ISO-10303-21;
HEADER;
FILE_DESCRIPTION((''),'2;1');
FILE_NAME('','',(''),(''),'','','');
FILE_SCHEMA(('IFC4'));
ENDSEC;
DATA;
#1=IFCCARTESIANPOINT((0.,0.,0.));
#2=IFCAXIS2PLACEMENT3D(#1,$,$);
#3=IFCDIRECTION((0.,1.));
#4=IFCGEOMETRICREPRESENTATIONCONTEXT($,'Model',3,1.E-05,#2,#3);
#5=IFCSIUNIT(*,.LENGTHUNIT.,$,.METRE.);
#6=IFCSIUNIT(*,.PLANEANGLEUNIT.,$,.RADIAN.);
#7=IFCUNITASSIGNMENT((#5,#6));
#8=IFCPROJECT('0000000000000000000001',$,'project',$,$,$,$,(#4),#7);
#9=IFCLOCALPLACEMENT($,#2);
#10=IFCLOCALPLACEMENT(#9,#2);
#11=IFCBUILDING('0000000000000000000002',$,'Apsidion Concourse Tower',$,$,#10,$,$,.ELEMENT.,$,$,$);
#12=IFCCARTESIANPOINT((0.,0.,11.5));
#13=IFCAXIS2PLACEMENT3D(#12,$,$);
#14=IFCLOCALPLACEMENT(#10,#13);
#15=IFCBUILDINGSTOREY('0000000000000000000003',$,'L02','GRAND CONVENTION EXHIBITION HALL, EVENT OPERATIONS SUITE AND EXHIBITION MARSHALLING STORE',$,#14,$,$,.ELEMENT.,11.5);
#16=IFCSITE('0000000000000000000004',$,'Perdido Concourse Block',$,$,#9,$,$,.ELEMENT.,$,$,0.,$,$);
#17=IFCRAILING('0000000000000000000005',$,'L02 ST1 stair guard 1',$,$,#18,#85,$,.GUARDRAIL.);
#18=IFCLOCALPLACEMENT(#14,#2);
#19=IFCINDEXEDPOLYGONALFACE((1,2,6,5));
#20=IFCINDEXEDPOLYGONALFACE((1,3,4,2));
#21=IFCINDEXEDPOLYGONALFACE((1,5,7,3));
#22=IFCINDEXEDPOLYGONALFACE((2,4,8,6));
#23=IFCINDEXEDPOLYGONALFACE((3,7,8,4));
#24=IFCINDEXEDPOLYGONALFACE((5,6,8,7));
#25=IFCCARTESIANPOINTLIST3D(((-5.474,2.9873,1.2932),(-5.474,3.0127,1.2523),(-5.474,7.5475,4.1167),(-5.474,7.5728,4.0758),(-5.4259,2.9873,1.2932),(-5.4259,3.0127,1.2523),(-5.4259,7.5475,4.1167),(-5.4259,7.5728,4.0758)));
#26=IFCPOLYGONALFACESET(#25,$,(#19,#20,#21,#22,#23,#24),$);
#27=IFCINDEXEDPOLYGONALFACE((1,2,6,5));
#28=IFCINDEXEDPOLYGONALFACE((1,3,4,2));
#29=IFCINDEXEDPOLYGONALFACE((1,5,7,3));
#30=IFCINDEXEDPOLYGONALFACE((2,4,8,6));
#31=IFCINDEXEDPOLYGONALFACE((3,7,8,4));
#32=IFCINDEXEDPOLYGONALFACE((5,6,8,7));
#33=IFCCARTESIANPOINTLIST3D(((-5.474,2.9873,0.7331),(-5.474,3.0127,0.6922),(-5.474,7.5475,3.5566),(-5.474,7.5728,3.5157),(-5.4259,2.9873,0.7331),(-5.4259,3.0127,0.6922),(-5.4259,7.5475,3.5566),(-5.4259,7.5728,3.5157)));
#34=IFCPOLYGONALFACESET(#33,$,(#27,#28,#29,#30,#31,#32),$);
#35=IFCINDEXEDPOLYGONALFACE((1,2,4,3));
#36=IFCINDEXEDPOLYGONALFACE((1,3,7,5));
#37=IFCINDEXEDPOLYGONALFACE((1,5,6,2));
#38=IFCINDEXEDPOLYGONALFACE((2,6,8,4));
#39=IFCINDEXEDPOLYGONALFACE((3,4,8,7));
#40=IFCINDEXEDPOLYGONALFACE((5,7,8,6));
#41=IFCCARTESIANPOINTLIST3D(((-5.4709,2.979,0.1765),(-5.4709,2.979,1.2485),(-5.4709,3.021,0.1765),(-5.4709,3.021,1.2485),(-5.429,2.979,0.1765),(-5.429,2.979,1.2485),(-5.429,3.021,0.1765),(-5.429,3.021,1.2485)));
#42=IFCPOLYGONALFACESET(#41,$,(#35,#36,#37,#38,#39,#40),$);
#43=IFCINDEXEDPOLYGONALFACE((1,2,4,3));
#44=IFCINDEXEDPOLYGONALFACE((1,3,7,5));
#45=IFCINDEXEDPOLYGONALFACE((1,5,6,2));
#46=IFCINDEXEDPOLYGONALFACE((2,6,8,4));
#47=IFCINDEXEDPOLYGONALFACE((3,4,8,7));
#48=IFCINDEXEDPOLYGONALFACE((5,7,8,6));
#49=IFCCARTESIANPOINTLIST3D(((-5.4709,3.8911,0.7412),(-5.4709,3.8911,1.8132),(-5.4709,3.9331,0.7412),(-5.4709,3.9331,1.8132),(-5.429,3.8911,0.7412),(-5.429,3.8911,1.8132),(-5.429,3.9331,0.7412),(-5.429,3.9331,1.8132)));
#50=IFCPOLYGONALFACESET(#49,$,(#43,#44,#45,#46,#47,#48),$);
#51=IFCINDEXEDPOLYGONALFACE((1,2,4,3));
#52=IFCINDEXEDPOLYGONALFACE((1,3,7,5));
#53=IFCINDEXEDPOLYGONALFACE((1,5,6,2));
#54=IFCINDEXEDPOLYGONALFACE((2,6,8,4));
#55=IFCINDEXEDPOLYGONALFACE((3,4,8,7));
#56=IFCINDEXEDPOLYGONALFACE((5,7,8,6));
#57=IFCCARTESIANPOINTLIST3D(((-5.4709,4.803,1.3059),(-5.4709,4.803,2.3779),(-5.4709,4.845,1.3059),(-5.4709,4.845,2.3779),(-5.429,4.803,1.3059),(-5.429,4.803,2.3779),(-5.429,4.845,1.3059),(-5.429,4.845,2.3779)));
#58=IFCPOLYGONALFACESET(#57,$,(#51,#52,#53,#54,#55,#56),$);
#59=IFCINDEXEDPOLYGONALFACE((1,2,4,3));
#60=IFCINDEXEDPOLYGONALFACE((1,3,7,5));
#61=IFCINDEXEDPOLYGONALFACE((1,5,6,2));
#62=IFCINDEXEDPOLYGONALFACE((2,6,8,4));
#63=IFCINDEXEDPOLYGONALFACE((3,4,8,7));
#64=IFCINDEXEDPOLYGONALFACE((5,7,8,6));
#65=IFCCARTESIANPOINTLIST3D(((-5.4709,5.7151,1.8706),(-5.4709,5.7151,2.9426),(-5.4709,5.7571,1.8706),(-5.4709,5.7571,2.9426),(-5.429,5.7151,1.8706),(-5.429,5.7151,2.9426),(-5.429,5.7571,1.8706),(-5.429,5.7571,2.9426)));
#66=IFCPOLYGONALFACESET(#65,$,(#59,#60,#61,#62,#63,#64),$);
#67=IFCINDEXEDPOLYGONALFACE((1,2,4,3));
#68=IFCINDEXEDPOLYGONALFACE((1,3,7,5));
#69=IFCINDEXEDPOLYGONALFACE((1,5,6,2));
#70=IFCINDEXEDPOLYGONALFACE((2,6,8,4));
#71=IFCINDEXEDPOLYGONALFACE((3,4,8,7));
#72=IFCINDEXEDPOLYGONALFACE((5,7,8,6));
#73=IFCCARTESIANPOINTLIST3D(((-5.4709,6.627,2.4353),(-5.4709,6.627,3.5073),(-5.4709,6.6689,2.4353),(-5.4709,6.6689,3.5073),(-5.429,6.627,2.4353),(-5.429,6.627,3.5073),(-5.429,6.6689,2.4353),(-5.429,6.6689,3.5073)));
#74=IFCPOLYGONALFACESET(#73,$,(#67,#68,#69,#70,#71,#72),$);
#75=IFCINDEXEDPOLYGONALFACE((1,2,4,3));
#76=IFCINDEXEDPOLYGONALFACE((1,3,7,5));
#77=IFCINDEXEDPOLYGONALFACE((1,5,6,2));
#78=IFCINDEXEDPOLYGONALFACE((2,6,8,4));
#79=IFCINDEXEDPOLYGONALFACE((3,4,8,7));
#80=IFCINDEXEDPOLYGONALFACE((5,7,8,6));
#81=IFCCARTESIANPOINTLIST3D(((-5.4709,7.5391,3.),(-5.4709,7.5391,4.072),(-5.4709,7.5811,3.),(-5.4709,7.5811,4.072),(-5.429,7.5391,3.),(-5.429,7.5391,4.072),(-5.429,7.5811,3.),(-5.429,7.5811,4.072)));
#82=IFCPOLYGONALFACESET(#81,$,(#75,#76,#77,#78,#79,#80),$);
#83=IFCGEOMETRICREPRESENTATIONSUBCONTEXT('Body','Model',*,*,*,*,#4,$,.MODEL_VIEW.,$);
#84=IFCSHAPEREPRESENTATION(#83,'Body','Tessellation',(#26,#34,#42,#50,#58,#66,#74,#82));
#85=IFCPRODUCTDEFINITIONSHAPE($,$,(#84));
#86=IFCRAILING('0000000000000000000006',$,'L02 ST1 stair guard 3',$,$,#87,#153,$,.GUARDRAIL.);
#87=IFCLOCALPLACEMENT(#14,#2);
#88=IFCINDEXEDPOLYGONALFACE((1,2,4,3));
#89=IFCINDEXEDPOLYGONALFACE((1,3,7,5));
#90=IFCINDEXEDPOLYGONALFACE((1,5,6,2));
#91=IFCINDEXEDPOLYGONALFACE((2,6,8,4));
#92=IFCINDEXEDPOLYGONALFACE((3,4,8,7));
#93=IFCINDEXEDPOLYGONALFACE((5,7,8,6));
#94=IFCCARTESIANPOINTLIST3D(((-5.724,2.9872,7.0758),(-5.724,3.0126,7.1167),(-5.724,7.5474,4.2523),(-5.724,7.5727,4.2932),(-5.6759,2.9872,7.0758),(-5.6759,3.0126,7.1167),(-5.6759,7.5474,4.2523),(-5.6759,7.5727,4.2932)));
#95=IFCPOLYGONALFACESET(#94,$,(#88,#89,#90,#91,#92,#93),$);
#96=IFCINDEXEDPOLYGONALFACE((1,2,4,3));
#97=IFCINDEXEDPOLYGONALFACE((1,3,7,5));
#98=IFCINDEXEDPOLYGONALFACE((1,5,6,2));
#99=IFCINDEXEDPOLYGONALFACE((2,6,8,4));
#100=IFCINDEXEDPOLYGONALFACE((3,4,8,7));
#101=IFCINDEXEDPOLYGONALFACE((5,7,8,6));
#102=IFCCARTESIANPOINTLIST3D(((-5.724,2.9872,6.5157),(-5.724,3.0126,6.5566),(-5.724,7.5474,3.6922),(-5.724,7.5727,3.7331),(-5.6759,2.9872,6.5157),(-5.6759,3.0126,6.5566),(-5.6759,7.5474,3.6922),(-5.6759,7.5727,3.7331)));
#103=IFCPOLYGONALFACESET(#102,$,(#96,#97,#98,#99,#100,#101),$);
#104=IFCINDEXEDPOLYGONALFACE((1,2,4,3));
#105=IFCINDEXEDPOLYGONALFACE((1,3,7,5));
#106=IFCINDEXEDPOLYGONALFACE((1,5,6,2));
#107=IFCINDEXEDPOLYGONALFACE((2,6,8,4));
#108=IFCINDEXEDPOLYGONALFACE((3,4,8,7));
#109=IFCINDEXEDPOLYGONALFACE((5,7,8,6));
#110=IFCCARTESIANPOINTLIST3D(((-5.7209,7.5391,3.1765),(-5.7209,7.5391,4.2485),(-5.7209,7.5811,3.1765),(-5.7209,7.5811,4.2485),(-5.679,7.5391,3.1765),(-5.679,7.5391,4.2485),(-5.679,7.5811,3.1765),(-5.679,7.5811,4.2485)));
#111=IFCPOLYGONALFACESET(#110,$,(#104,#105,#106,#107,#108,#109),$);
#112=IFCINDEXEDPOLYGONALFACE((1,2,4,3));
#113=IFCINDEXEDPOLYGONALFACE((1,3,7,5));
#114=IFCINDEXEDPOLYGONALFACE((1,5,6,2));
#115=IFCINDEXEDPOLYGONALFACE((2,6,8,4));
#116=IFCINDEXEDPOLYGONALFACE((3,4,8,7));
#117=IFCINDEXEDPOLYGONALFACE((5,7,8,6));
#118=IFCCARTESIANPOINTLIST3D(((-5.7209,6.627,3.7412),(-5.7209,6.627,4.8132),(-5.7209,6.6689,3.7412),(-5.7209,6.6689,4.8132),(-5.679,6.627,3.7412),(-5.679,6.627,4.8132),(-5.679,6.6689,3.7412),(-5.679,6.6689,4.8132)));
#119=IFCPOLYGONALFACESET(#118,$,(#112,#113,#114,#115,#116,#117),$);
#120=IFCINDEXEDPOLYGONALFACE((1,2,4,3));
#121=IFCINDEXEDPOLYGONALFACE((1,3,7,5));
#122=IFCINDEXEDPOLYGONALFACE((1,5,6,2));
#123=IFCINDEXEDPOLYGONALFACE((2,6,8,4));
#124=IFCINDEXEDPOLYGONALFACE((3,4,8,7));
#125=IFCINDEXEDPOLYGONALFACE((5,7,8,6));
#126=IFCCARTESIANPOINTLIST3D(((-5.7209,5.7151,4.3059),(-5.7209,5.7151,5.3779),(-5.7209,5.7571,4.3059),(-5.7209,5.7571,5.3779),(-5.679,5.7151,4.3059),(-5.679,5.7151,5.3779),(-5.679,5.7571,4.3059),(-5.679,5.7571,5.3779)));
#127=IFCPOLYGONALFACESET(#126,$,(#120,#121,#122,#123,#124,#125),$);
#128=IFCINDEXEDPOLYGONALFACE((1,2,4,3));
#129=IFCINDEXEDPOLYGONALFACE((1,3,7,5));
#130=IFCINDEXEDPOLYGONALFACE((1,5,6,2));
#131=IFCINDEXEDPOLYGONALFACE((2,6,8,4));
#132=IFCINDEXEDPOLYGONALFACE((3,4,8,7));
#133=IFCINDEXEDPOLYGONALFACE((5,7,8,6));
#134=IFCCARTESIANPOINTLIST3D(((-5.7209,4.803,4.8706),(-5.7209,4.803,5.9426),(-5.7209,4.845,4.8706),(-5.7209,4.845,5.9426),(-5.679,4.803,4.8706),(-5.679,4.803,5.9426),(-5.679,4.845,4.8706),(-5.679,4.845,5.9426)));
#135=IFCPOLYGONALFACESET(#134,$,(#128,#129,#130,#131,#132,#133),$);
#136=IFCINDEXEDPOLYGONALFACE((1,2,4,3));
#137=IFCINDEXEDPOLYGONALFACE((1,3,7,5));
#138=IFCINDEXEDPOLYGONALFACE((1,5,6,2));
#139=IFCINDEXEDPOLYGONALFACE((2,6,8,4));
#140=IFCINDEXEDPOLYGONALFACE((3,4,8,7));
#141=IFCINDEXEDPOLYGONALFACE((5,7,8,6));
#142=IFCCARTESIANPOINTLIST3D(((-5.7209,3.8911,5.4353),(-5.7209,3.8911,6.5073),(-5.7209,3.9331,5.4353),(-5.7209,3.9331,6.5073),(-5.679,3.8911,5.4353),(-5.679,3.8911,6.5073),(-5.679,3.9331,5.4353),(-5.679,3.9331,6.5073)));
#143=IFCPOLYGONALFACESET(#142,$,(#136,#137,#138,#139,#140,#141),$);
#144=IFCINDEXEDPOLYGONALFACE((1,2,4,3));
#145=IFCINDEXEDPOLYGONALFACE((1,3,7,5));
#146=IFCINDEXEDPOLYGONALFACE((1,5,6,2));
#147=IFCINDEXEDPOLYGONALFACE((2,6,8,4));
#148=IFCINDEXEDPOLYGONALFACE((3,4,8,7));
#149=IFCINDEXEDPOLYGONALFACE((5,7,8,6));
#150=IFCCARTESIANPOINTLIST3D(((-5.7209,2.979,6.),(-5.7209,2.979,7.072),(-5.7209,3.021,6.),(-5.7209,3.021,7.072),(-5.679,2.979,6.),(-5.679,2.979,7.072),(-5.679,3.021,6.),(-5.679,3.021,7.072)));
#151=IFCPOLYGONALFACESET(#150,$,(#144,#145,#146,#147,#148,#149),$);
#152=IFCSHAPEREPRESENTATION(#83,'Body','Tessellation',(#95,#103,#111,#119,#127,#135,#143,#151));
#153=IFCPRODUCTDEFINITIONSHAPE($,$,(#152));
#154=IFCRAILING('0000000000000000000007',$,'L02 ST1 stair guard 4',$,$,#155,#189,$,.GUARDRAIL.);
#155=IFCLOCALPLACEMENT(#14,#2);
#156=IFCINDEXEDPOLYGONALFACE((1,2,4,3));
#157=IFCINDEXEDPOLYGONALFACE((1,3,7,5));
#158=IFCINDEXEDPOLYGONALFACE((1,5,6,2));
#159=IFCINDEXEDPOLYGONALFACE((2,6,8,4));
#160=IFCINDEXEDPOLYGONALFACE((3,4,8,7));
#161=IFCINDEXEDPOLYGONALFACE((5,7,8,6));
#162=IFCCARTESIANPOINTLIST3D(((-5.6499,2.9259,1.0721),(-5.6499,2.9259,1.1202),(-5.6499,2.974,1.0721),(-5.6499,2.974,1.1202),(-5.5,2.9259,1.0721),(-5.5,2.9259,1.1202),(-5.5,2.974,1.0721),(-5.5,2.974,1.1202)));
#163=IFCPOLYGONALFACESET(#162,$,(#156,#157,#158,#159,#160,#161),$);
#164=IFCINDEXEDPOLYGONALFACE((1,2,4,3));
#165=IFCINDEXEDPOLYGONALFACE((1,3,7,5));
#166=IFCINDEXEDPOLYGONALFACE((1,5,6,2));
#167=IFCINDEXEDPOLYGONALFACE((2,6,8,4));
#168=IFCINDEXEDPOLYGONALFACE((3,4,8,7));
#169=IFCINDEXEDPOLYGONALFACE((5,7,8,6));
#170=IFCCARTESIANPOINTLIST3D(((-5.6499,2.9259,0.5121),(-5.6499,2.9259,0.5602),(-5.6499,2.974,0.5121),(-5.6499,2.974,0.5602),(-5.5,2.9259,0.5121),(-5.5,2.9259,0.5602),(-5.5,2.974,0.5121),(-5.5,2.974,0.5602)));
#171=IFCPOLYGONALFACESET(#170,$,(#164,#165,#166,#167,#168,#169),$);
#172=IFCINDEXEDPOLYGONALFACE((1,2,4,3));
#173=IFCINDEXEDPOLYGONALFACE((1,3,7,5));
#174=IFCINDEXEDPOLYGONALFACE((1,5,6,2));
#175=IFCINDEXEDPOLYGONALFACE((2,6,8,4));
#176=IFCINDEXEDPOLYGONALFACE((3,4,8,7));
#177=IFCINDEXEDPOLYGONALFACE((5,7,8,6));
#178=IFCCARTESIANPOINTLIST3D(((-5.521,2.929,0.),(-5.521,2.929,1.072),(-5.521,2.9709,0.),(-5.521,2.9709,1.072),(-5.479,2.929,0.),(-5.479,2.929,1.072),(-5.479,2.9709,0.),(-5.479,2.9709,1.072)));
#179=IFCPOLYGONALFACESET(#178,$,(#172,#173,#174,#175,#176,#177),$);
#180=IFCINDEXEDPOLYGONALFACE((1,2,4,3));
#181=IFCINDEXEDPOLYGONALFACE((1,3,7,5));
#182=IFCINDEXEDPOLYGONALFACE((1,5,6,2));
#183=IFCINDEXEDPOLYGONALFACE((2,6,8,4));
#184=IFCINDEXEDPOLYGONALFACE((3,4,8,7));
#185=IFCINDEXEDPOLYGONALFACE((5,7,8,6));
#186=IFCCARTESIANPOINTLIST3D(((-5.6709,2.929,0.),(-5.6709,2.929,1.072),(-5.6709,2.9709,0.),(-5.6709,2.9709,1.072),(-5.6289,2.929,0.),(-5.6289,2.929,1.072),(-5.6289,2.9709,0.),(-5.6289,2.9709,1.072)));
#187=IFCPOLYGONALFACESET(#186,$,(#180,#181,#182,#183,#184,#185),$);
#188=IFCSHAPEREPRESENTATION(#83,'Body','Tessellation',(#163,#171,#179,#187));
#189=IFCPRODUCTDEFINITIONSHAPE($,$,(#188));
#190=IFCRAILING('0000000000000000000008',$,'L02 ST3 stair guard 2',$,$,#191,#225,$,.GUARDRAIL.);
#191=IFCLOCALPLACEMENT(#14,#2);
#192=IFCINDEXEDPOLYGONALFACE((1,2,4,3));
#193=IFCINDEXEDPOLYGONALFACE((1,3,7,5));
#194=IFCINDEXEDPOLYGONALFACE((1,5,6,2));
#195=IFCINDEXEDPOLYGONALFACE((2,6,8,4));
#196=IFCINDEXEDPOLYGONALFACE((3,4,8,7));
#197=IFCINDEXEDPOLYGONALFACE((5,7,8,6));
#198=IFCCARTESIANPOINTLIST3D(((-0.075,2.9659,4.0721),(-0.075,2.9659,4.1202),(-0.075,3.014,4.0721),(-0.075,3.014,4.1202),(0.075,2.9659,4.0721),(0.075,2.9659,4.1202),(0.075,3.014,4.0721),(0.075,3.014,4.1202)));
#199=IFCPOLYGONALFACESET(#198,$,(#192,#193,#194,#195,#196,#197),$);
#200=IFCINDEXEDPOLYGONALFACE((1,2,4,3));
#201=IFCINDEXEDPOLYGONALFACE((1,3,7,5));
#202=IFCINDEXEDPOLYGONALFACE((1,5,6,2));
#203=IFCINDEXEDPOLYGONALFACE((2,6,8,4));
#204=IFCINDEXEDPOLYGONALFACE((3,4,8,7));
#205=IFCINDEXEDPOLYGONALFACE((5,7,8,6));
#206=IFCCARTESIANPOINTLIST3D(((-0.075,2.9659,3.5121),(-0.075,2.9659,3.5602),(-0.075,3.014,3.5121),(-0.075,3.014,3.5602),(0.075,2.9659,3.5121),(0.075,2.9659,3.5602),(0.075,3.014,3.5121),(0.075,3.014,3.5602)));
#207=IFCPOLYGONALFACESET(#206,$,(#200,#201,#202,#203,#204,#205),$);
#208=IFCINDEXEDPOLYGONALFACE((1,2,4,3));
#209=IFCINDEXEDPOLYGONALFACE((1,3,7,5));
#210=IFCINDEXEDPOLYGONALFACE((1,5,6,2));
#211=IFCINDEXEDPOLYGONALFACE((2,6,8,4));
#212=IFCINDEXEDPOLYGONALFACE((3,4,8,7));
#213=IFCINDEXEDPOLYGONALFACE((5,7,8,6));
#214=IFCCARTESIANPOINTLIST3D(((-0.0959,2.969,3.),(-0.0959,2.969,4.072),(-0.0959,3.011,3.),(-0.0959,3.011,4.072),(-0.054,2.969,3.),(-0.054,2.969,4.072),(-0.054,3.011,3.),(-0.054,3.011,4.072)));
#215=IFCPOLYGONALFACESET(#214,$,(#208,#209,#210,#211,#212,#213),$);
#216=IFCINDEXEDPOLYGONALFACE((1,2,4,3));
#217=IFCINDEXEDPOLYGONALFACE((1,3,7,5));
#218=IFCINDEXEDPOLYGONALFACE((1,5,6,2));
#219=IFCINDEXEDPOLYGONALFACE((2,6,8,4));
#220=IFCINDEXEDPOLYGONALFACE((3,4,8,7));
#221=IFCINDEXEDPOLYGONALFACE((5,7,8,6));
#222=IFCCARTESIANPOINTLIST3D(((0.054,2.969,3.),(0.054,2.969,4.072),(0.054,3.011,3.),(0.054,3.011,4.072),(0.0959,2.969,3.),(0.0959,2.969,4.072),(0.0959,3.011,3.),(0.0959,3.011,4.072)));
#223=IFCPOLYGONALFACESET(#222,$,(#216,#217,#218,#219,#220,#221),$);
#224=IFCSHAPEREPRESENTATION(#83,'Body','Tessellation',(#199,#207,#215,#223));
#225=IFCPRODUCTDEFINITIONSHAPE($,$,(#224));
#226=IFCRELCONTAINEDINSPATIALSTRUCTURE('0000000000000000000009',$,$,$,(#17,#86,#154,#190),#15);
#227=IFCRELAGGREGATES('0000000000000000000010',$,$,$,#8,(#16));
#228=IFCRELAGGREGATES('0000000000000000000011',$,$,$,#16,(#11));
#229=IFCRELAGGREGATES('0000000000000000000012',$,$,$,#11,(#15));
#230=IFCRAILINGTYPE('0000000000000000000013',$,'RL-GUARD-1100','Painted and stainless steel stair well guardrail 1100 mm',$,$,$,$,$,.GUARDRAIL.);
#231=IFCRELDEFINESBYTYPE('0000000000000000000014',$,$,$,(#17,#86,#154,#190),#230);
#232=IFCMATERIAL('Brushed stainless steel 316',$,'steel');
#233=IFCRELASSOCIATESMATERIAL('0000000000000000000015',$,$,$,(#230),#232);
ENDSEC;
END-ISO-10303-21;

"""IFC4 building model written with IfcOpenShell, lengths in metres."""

from ifc_helpers import new_model, si_unit, direction, frame, origin, origin_2d, place, context, subcontext, project, spatial, rectangle, extrude, material, type_object, element, save


model = new_model("IFC4")

# Units and contexts
model_context = context("Model", 3, precision=1e-05, world=origin(), true_north=direction((0.0, 1.0)))
body_context = subcontext(model_context, "Body", "Model", "MODEL_VIEW")
ifc_project = project(units=[si_unit("LENGTHUNIT", "METRE"), si_unit("PLANEANGLEUNIT", "RADIAN")], contexts=[model_context])

# Site, building, storey
site_placement = place(None, origin())
site = spatial("IfcSite", under=ifc_project, at=site_placement, Name="Perdido Concourse Block", CompositionType="ELEMENT", RefElevation=0.0)
building_placement = place(site_placement, origin())
building = spatial("IfcBuilding", under=site, at=building_placement, Name="Apsidion Concourse Tower", CompositionType="ELEMENT")
storey_placement = place(building_placement, frame((0.0, 0.0, 11.5)))
storey = spatial("IfcBuildingStorey", under=building, at=storey_placement, Name="L02", Description="GRAND CONVENTION EXHIBITION HALL, EVENT OPERATIONS SUITE AND EXHIBITION MARSHALLING STORE", CompositionType="ELEMENT", Elevation=11.5)

# Shared definitions
ifc_material_1 = material(Name="Brushed stainless steel 316", Category="steel")

# Railings
railing_type_1 = type_object("IfcRailingType", Name="RL-GUARD-1100", Description="Painted and stainless steel stair well guardrail 1100 mm", PredefinedType="GUARDRAIL", material=ifc_material_1)
railing_1_placement = place(storey_placement, frame((-5.45, 3.0, 0.1765)))
element("IfcRailing", 1, at=railing_1_placement, inside=storey, type_object=railing_type_1, Name="L02 ST1 stair guard 1", PredefinedType="GUARDRAIL", context=body_context, shape_type="SweptSolid", body=[
    extrude(rectangle(XDim=0.0481, YDim=0.0481, at=origin_2d()), frame((0.0, 0.0, 1.0962), z_axis=(0.0, 0.850216, 0.526435), x_axis=(-1.0, 0.0, 0.0)), (0.0, 0.0, 1.0), 5.3635),
    extrude(rectangle(XDim=0.0481, YDim=0.0481, at=origin_2d()), frame((0.0, 0.0, 0.5361), z_axis=(0.0, 0.850216, 0.526435), x_axis=(-1.0, 0.0, 0.0)), (0.0, 0.0, 1.0), 5.3635),
    extrude(rectangle(XDim=0.042, YDim=0.042, at=origin_2d()), origin(), (0.0, 0.0, 1.0), 1.072),
    extrude(rectangle(XDim=0.042, YDim=0.042, at=origin_2d()), frame((0.0, 0.9121, 0.5647)), (0.0, 0.0, 1.0), 1.072),
    extrude(rectangle(XDim=0.042, YDim=0.042, at=origin_2d()), frame((0.0, 1.824, 1.1294)), (0.0, 0.0, 1.0), 1.072),
    extrude(rectangle(XDim=0.042, YDim=0.042, at=origin_2d()), frame((0.0, 2.7361, 1.6941)), (0.0, 0.0, 1.0), 1.072),
    extrude(rectangle(XDim=0.042, YDim=0.042, at=origin_2d()), frame((0.0, 3.6479, 2.2588)), (0.0, 0.0, 1.0), 1.072),
    extrude(rectangle(XDim=0.042, YDim=0.042, at=origin_2d()), frame((0.0, 4.5601, 2.8235)), (0.0, 0.0, 1.0), 1.072),
])
railing_2_placement = place(storey_placement, frame((-5.7, 7.5601, 3.1765)))
element("IfcRailing", 2, at=railing_2_placement, inside=storey, type_object=railing_type_1, Name="L02 ST1 stair guard 3", PredefinedType="GUARDRAIL", context=body_context, shape_type="SweptSolid", body=[
    extrude(rectangle(XDim=0.0481, YDim=0.0481, at=origin_2d()), frame((0.0, 0.0, 1.0962), z_axis=(0.0, -0.850216, 0.526435), x_axis=(1.0, 0.0, 0.0)), (0.0, 0.0, 1.0), 5.3635),
    extrude(rectangle(XDim=0.0481, YDim=0.0481, at=origin_2d()), frame((0.0, 0.0, 0.5361), z_axis=(0.0, -0.850216, 0.526435), x_axis=(1.0, 0.0, 0.0)), (0.0, 0.0, 1.0), 5.3635),
    extrude(rectangle(XDim=0.042, YDim=0.042, at=origin_2d()), origin(), (0.0, 0.0, 1.0), 1.072),
    extrude(rectangle(XDim=0.042, YDim=0.042, at=origin_2d()), frame((0.0, -0.9121, 0.5647)), (0.0, 0.0, 1.0), 1.072),
    extrude(rectangle(XDim=0.042, YDim=0.042, at=origin_2d()), frame((0.0, -1.824, 1.1294)), (0.0, 0.0, 1.0), 1.072),
    extrude(rectangle(XDim=0.042, YDim=0.042, at=origin_2d()), frame((0.0, -2.7361, 1.6941)), (0.0, 0.0, 1.0), 1.072),
    extrude(rectangle(XDim=0.042, YDim=0.042, at=origin_2d()), frame((0.0, -3.6479, 2.2588)), (0.0, 0.0, 1.0), 1.072),
    extrude(rectangle(XDim=0.042, YDim=0.042, at=origin_2d()), frame((0.0, -4.5601, 2.8235)), (0.0, 0.0, 1.0), 1.072),
])
railing_3_placement = place(storey_placement, frame((-5.5, 2.95, 0.0)))
element("IfcRailing", 3, at=railing_3_placement, inside=storey, type_object=railing_type_1, Name="L02 ST1 stair guard 4", PredefinedType="GUARDRAIL", context=body_context, shape_type="SweptSolid", body=[
    extrude(rectangle(XDim=0.0481, YDim=0.0481, at=origin_2d()), frame((0.0, 0.0, 1.0962), z_axis=(-1.0, 0.0, 0.0), x_axis=(0.0, -1.0, 0.0)), (0.0, 0.0, 1.0), 0.1499),
    extrude(rectangle(XDim=0.0481, YDim=0.0481, at=origin_2d()), frame((0.0, 0.0, 0.5361), z_axis=(-1.0, 0.0, 0.0), x_axis=(0.0, -1.0, 0.0)), (0.0, 0.0, 1.0), 0.1499),
    extrude(rectangle(XDim=0.042, YDim=0.042, at=origin_2d()), origin(), (0.0, 0.0, 1.0), 1.072),
    extrude(rectangle(XDim=0.042, YDim=0.042, at=origin_2d()), frame((-0.1499, 0.0, 0.0)), (0.0, 0.0, 1.0), 1.072),
])
railing_4_placement = place(storey_placement, frame((-0.075, 2.99, 3.0)))
element("IfcRailing", 4, at=railing_4_placement, inside=storey, type_object=railing_type_1, Name="L02 ST3 stair guard 2", PredefinedType="GUARDRAIL", context=body_context, shape_type="SweptSolid", body=[
    extrude(rectangle(XDim=0.0481, YDim=0.0481, at=origin_2d()), frame((0.0, 0.0, 1.0962), z_axis=(1.0, 0.0, 0.0), x_axis=(0.0, 1.0, 0.0)), (0.0, 0.0, 1.0), 0.1499),
    extrude(rectangle(XDim=0.0481, YDim=0.0481, at=origin_2d()), frame((0.0, 0.0, 0.5361), z_axis=(1.0, 0.0, 0.0), x_axis=(0.0, 1.0, 0.0)), (0.0, 0.0, 1.0), 0.1499),
    extrude(rectangle(XDim=0.042, YDim=0.042, at=origin_2d()), origin(), (0.0, 0.0, 1.0), 1.072),
    extrude(rectangle(XDim=0.042, YDim=0.042, at=origin_2d()), frame((0.1499, 0.0, 0.0)), (0.0, 0.0, 1.0), 1.072),
])

save(model, "model.ifc")
